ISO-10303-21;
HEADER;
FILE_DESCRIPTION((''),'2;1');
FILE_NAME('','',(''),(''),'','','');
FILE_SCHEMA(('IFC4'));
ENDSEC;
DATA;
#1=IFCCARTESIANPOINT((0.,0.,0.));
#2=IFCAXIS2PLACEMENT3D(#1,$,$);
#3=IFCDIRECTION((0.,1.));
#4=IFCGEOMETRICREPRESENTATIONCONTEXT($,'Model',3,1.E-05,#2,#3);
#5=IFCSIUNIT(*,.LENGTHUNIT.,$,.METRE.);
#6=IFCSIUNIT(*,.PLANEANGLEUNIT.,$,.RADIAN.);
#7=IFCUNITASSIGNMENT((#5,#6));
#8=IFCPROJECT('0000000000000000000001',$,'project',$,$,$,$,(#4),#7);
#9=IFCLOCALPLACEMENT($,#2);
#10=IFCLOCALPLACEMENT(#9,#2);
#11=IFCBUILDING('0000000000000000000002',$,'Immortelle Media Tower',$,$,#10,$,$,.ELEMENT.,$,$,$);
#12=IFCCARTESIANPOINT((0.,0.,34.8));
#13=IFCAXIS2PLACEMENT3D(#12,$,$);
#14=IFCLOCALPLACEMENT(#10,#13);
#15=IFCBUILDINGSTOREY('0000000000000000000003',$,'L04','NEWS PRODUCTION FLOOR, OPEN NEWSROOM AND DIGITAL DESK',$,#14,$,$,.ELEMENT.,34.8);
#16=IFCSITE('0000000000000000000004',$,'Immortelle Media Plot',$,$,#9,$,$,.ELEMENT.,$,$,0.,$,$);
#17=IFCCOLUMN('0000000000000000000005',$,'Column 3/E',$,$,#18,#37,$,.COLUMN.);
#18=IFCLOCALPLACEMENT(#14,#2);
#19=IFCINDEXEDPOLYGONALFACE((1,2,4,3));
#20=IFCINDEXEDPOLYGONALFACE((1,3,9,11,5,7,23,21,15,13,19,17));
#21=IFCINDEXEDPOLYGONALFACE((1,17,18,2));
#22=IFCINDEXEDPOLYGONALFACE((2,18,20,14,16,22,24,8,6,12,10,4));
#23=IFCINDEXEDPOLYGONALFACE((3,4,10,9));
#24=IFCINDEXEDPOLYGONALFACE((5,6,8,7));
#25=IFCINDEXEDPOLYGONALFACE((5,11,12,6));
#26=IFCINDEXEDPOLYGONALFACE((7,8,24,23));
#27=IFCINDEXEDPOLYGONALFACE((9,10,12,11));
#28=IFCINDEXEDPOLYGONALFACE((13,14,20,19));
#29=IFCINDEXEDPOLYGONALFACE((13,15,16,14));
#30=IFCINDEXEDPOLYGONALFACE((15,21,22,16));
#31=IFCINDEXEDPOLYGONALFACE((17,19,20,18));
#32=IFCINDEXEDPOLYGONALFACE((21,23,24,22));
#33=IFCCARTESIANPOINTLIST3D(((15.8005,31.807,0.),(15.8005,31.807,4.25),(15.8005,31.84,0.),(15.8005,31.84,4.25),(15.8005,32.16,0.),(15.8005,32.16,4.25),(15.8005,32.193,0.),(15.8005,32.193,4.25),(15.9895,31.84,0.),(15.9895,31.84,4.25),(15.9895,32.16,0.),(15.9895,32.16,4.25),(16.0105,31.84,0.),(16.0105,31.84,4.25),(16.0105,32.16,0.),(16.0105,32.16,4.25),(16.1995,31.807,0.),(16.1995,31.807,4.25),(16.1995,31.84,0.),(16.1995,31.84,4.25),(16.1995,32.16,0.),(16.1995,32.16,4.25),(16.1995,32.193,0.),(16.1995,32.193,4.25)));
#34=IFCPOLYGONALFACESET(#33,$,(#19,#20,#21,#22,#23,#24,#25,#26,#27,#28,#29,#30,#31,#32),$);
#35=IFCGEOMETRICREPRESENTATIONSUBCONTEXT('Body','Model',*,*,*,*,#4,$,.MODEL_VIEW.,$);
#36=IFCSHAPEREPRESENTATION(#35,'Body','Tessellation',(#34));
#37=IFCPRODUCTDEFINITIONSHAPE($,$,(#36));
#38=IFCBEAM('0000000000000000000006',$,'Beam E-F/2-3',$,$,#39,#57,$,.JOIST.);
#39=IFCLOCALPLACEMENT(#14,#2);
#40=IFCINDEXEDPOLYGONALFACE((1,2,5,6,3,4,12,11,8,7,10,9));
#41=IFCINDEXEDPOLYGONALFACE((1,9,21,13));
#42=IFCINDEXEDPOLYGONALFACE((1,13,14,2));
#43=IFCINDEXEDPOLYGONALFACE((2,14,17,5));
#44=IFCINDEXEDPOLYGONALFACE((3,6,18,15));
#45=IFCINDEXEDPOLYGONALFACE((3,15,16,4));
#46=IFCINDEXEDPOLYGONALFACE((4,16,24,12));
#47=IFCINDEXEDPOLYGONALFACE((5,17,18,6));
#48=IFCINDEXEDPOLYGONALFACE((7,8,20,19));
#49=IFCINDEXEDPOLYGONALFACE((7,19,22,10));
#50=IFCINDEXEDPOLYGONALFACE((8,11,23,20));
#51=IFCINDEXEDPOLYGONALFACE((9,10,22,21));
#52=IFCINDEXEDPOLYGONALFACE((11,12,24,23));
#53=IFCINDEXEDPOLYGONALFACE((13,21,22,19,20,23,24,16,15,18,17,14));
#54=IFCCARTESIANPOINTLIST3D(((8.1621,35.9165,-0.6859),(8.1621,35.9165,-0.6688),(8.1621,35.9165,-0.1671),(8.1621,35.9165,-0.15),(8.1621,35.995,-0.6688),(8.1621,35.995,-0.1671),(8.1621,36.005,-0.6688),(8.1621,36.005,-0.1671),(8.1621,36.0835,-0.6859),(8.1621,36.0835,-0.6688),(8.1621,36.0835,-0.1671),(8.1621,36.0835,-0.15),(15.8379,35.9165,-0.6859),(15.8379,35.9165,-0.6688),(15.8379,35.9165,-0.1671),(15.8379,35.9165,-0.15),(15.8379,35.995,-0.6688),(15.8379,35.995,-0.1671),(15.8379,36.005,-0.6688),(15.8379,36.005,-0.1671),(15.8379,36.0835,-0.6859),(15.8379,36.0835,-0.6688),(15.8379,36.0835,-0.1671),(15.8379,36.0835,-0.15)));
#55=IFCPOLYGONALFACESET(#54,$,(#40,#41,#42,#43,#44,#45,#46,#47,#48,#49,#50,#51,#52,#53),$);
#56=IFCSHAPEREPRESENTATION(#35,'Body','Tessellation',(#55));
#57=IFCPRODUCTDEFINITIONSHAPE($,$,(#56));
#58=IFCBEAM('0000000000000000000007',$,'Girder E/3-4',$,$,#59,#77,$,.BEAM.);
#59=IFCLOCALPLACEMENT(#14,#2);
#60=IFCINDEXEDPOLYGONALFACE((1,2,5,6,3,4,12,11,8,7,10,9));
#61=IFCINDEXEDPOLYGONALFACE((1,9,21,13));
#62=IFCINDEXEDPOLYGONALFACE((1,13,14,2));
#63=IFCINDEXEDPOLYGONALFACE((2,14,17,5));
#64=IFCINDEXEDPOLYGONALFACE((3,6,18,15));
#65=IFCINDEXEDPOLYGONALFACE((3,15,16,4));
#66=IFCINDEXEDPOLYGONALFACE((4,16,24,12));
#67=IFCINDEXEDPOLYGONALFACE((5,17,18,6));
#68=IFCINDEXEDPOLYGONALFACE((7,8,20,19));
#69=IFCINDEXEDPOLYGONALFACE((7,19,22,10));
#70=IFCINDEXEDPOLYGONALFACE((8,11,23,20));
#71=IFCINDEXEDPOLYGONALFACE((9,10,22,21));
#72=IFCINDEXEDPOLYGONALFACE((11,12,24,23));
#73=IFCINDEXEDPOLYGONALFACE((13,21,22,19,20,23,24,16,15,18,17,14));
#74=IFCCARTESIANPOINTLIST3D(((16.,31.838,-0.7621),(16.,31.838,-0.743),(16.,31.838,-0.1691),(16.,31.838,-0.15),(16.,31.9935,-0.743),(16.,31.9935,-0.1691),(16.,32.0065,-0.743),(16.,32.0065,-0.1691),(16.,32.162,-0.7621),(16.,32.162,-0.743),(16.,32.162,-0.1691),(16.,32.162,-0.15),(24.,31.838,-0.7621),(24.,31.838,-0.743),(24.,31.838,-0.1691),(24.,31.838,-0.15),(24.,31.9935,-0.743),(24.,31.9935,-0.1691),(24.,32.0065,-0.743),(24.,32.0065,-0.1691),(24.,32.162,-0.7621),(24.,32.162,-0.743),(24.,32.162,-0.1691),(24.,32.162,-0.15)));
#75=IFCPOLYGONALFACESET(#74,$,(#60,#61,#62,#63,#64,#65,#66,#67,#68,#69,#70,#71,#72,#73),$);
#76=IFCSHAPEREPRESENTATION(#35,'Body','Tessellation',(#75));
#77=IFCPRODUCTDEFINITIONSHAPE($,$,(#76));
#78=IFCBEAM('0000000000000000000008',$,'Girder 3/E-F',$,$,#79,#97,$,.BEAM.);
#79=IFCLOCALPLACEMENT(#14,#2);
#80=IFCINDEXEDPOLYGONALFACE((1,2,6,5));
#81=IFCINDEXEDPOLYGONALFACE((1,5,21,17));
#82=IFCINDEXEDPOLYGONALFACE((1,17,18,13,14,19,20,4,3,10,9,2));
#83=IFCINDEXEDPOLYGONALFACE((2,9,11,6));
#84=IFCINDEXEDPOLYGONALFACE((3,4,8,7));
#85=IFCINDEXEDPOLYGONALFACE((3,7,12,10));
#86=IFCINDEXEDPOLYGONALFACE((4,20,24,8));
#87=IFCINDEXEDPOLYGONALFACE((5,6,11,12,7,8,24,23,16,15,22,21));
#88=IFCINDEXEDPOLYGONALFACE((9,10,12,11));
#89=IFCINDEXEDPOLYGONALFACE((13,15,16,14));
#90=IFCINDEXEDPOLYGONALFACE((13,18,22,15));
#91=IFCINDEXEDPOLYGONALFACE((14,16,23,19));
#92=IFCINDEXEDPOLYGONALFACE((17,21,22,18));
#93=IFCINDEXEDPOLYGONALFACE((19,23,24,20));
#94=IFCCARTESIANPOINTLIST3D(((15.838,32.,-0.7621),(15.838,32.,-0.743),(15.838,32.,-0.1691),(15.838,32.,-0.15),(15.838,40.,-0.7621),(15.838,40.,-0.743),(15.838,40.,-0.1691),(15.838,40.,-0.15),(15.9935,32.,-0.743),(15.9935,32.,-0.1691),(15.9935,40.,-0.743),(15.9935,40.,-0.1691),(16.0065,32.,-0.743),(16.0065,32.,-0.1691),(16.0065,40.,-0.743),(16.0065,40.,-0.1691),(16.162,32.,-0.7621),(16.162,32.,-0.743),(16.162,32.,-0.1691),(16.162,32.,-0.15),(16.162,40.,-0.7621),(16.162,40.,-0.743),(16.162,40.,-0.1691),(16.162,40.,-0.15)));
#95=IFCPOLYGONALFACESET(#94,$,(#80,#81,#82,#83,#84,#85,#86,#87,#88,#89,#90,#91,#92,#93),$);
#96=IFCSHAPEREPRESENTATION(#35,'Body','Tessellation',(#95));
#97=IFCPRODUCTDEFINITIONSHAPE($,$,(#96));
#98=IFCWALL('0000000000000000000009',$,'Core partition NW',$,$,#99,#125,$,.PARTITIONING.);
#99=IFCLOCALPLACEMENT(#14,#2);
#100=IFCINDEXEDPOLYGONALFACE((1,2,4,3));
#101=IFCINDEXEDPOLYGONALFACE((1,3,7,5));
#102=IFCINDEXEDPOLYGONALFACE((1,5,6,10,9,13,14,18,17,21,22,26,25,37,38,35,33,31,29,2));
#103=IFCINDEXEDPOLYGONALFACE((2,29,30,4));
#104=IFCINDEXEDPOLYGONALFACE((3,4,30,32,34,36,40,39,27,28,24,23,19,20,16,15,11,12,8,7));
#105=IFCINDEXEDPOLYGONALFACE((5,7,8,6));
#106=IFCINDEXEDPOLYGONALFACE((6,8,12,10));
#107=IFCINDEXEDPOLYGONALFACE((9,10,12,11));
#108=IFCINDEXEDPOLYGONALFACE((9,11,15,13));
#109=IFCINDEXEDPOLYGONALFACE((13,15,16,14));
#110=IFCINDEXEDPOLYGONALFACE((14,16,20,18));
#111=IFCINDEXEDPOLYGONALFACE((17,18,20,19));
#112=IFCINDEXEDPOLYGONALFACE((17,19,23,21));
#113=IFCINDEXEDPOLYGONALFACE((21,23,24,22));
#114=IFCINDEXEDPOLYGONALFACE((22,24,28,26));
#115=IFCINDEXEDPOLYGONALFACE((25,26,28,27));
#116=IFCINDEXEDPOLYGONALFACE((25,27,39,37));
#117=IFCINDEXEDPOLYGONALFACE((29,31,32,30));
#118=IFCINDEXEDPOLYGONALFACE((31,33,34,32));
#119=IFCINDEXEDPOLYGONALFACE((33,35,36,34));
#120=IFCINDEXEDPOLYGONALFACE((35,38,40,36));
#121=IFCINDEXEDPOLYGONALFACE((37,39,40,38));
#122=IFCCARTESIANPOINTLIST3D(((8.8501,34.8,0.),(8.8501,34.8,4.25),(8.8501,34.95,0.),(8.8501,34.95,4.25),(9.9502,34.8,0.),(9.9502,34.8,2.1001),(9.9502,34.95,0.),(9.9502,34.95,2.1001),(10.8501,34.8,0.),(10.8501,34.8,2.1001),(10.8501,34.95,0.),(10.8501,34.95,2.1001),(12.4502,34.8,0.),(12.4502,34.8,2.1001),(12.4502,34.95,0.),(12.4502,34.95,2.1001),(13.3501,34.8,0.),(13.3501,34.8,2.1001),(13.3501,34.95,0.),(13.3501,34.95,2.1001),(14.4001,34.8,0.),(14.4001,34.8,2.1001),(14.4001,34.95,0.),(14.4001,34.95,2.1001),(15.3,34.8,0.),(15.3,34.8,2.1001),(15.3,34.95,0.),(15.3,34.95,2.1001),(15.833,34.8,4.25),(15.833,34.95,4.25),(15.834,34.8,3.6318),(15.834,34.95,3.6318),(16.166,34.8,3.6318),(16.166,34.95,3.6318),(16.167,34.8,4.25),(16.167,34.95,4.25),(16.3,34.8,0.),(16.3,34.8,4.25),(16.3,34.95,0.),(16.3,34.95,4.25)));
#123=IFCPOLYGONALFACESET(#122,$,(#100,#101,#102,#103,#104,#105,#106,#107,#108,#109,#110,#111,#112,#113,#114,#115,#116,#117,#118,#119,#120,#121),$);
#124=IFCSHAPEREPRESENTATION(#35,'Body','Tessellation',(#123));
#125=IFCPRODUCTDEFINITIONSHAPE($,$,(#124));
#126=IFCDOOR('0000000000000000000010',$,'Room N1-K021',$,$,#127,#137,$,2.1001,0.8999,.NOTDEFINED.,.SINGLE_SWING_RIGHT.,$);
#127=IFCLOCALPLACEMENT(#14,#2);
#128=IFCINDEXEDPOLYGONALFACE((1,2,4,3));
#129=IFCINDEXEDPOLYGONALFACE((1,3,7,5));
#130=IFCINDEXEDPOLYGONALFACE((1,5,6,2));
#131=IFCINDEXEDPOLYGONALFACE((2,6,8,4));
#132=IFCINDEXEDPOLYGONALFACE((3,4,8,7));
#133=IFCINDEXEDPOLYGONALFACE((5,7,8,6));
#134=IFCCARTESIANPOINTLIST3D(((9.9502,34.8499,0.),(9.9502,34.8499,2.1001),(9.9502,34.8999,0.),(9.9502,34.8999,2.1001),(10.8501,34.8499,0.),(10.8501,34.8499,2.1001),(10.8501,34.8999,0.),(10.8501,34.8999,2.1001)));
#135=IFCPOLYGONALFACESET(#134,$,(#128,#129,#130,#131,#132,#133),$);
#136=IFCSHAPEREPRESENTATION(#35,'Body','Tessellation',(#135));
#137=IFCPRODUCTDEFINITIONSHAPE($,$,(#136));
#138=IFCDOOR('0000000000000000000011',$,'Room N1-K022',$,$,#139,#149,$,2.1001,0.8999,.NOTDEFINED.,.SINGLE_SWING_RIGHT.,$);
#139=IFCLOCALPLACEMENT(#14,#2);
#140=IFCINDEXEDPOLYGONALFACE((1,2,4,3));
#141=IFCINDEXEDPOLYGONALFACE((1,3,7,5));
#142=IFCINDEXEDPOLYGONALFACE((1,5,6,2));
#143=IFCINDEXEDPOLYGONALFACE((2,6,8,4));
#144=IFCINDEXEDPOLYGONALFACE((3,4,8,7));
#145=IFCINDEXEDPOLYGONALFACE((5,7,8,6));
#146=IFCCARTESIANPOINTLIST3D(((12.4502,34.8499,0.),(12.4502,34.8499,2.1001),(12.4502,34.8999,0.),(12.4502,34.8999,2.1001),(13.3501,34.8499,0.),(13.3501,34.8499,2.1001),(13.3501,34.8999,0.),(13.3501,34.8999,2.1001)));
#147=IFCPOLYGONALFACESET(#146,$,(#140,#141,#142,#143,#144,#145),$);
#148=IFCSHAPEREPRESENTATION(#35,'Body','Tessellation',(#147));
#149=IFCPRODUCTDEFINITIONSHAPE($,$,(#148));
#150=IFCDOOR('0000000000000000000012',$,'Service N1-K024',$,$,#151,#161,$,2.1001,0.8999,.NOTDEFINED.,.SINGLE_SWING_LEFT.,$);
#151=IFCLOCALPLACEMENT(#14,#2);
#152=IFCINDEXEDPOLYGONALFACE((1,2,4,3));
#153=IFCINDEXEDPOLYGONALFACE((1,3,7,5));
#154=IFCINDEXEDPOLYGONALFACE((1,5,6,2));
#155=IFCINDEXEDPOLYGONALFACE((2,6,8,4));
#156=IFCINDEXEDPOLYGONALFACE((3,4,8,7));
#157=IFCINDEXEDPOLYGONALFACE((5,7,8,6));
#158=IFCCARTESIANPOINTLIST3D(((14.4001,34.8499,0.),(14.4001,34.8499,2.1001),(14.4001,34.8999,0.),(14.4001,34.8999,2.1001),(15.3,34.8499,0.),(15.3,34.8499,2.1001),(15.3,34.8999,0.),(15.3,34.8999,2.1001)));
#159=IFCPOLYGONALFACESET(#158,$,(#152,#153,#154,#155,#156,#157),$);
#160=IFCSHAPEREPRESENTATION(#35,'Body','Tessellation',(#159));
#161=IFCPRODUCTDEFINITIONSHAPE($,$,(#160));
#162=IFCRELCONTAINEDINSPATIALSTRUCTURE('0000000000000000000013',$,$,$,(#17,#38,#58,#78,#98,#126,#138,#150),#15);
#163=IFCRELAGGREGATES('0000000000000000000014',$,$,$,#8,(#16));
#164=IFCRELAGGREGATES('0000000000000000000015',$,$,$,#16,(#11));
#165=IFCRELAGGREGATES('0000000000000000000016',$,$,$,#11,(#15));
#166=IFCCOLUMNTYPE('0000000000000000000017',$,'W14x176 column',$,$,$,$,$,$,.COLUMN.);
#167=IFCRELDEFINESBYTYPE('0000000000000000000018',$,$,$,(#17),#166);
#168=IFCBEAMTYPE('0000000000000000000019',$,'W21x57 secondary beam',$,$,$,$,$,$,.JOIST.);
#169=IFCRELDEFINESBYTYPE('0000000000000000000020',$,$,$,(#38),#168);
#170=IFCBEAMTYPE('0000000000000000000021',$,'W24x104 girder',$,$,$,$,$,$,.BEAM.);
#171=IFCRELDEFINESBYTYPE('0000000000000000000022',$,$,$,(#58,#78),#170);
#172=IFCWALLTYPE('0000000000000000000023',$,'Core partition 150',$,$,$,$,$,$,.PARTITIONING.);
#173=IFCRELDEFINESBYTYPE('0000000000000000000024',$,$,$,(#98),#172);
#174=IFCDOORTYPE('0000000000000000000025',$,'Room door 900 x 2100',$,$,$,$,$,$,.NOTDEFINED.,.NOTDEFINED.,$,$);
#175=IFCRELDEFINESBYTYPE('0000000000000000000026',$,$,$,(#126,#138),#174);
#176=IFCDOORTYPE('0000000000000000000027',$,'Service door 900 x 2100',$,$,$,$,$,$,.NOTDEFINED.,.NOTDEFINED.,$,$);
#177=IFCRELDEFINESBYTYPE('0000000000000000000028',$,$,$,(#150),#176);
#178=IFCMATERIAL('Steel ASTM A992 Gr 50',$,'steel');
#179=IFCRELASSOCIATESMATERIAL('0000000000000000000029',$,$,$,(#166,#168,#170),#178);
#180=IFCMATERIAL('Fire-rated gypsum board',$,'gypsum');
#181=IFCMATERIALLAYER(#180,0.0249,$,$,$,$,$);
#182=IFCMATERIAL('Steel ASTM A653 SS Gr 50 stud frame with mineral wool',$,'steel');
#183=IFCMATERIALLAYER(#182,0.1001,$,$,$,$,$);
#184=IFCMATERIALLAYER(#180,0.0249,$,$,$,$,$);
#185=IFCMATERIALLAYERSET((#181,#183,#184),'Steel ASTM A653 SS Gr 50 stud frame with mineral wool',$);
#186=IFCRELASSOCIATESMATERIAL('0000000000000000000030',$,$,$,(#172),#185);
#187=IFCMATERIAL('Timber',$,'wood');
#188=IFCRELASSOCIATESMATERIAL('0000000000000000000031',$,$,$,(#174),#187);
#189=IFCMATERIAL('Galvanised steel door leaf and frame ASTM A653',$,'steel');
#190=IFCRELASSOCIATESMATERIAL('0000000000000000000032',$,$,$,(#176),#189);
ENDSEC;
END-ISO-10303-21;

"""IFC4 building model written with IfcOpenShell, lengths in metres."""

from ifc_helpers import new_model, si_unit, direction, frame, frame_2d, origin, origin_2d, place, context, subcontext, project, spatial, polyline, rectangle, i_section, outline, extrude, material, layer, layer_set, material_profile, profile_set, type_object, element, fill, save


model = new_model("IFC4")

# Units and contexts
model_context = context("Model", 3, precision=1e-05, world=origin(), true_north=direction((0.0, 1.0)))
body_context = subcontext(model_context, "Body", "Model", "MODEL_VIEW")
ifc_project = project(units=[si_unit("LENGTHUNIT", "METRE"), si_unit("PLANEANGLEUNIT", "RADIAN")], contexts=[model_context])

# Site, building, storey
site_placement = place(None, origin())
site = spatial("IfcSite", under=ifc_project, at=site_placement, Name="Immortelle Media Plot", CompositionType="ELEMENT", RefElevation=0.0)
building_placement = place(site_placement, origin())
building = spatial("IfcBuilding", under=site, at=building_placement, Name="Immortelle Media Tower", CompositionType="ELEMENT")
storey_placement = place(building_placement, frame((0.0, 0.0, 34.8)))
storey = spatial("IfcBuildingStorey", under=building, at=storey_placement, Name="L04", Description="NEWS PRODUCTION FLOOR, OPEN NEWSROOM AND DIGITAL DESK", CompositionType="ELEMENT", Elevation=34.8)

# Column
ifc_material_1 = material(Name="Steel ASTM A992 Gr 50", Category="steel")
ifc_material_profile_1 = material_profile(ifc_material_1, i_section(OverallWidth=0.3989, OverallDepth=0.386, WebThickness=0.021, FlangeThickness=0.033, at=origin_2d()), Name="W14x176")
ifc_profile_set_1 = profile_set([ifc_material_profile_1], Name="Steel ASTM A992 Gr 50")
column_type = type_object("IfcColumnType", Name="W14x176 column", PredefinedType="COLUMN", material=ifc_profile_set_1)
column_placement = place(storey_placement, frame((16.0, 32.0, 0.0), z_axis=(0.0, 0.0, 1.0), x_axis=(1.0, 0.0, 0.0)))
element("IfcColumn", 1, at=column_placement, inside=storey, type_object=column_type, Name="Column 3/E", PredefinedType="COLUMN", context=body_context, shape_type="SweptSolid", body=[
    extrude(i_section(OverallWidth=0.3989, OverallDepth=0.386, WebThickness=0.021, FlangeThickness=0.033, at=origin_2d()), origin(), (0.0, 0.0, 1.0), 4.25),
])

# Beams
ifc_material_profile_2 = material_profile(ifc_material_1, i_section(OverallWidth=0.167, OverallDepth=0.5359, WebThickness=0.01, FlangeThickness=0.0171, at=origin_2d()), Name="W21x57")
ifc_profile_set_2 = profile_set([ifc_material_profile_2], Name="Steel ASTM A992 Gr 50")
beam_type_1 = type_object("IfcBeamType", Name="W21x57 secondary beam", PredefinedType="JOIST", material=ifc_profile_set_2)
beam_placement = place(storey_placement, frame((8.1621, 36.0, -0.418), z_axis=(1.0, 0.0, 0.0), x_axis=(0.0, 1.0, 0.0)))
element("IfcBeam", 2, at=beam_placement, inside=storey, type_object=beam_type_1, Name="Beam E-F/2-3", PredefinedType="JOIST", context=body_context, shape_type="SweptSolid", body=[
    extrude(i_section(OverallWidth=0.167, OverallDepth=0.5359, WebThickness=0.01, FlangeThickness=0.0171, at=origin_2d()), origin(), (0.0, 0.0, 1.0), 7.6758),
])
ifc_material_profile_3 = material_profile(ifc_material_1, i_section(OverallWidth=0.324, OverallDepth=0.6121, WebThickness=0.0129, FlangeThickness=0.019, at=origin_2d()), Name="W24x104")
ifc_profile_set_3 = profile_set([ifc_material_profile_3], Name="Steel ASTM A992 Gr 50")
beam_type_2 = type_object("IfcBeamType", Name="W24x104 girder", PredefinedType="BEAM", material=ifc_profile_set_3)
for number, where, z_axis, x_axis, name in (
    (3, (16.0, 32.0, -0.4561), (1.0, 0.0, 0.0), (0.0, 1.0, 0.0), "Girder E/3-4"),
    (4, (16.0, 32.0, -0.4561), (0.0, 1.0, 0.0), (-1.0, 0.0, 0.0), "Girder 3/E-F"),
):
    element("IfcBeam", number, at=place(storey_placement, frame(where, z_axis=z_axis, x_axis=x_axis)), inside=storey, type_object=beam_type_2, Name=name, PredefinedType="BEAM", context=body_context, shape_type="SweptSolid", body=[
        extrude(i_section(OverallWidth=0.324, OverallDepth=0.6121, WebThickness=0.0129, FlangeThickness=0.019, at=origin_2d()), origin(), (0.0, 0.0, 1.0), 8.0),
    ])

# Wall, openings, doors
ifc_material_2 = material(Name="Fire-rated gypsum board", Category="gypsum")
ifc_layer_1 = layer(ifc_material_2, 0.0249)
ifc_material_3 = material(Name="Steel ASTM A653 SS Gr 50 stud frame with mineral wool", Category="steel")
ifc_layer_2 = layer(ifc_material_3, 0.1001)
ifc_layer_3 = layer(ifc_material_2, 0.0249)
ifc_layer_set_1 = layer_set([ifc_layer_1, ifc_layer_2, ifc_layer_3], Name="Steel ASTM A653 SS Gr 50 stud frame with mineral wool")
wall_type_1 = type_object("IfcWallType", Name="Core partition 150", PredefinedType="PARTITIONING", material=ifc_layer_set_1)
wall_1_placement = place(storey_placement, frame((8.8501, 34.875, 0.0), z_axis=(0.0, 0.0, 1.0), x_axis=(1.0, 0.0, 0.0)))
wall_1 = element("IfcWall", 5, at=wall_1_placement, inside=storey, type_object=wall_type_1, Name="Core partition NW", PredefinedType="PARTITIONING", context=body_context, shape_type="SweptSolid", body=[
    extrude(outline(polyline([(0.0, 0.0), (7.45, 0.0), (7.45, 4.25), (7.3169, 4.25), (7.3159, 3.6318), (6.9839, 3.6318), (6.9829, 4.25), (0.0, 4.25), (0.0, 0.0)])), frame((0.0, 0.075, 0.0), z_axis=(0.0, -1.0, 0.0), x_axis=(1.0, 0.0, 0.0)), (0.0, 0.0, 1.0), 0.1499),
])
opening_1_placement = place(wall_1_placement, frame((1.1001, 0.0, 0.0)))
opening_1 = element("IfcOpeningElement", 6, at=opening_1_placement, cuts=wall_1, PredefinedType="OPENING", context=body_context, shape_type="SweptSolid", body=[
    extrude(rectangle(XDim=0.8999, YDim=2.1001, at=frame_2d((0.45, 1.05))), frame((0.0, 0.085, 0.0), z_axis=(0.0, -1.0, 0.0), x_axis=(1.0, 0.0, 0.0)), (0.0, 0.0, 1.0), 0.1699),
])
opening_2_placement = place(wall_1_placement, frame((3.6001, 0.0, 0.0)))
opening_2 = element("IfcOpeningElement", 7, at=opening_2_placement, cuts=wall_1, PredefinedType="OPENING", context=body_context, shape_type="SweptSolid", body=[
    extrude(rectangle(XDim=0.8999, YDim=2.1001, at=frame_2d((0.45, 1.05))), frame((0.0, 0.085, 0.0), z_axis=(0.0, -1.0, 0.0), x_axis=(1.0, 0.0, 0.0)), (0.0, 0.0, 1.0), 0.1699),
])
opening_3_placement = place(wall_1_placement, frame((5.55, 0.0, 0.0)))
opening_3 = element("IfcOpeningElement", 8, at=opening_3_placement, cuts=wall_1, PredefinedType="OPENING", context=body_context, shape_type="SweptSolid", body=[
    extrude(rectangle(XDim=0.8999, YDim=2.1001, at=frame_2d((0.45, 1.05))), frame((0.0, 0.085, 0.0), z_axis=(0.0, -1.0, 0.0), x_axis=(1.0, 0.0, 0.0)), (0.0, 0.0, 1.0), 0.1699),
])
ifc_material_4 = material(Name="Timber", Category="wood")
door_type_1 = type_object("IfcDoorType", Name="Room door 900 x 2100", OperationType="NOTDEFINED", PredefinedType="NOTDEFINED", material=ifc_material_4)
door_1_placement = place(opening_1_placement, origin())
door_1 = element("IfcDoor", 9, at=door_1_placement, inside=storey, type_object=door_type_1, Name="Room N1-K021", OperationType="SINGLE_SWING_RIGHT", OverallHeight=2.1001, OverallWidth=0.8999, PredefinedType="NOTDEFINED", context=body_context, shape_type="SweptSolid", body=[
    extrude(rectangle(XDim=0.8999, YDim=2.1001, at=frame_2d((0.45, 1.05))), frame((0.0, 0.0249, 0.0), z_axis=(0.0, -1.0, 0.0), x_axis=(1.0, 0.0, 0.0)), (0.0, 0.0, 1.0), 0.05),
])
fill(opening_1, door_1)
door_2_placement = place(opening_2_placement, origin())
door_2 = element("IfcDoor", 10, at=door_2_placement, inside=storey, type_object=door_type_1, Name="Room N1-K022", OperationType="SINGLE_SWING_RIGHT", OverallHeight=2.1001, OverallWidth=0.8999, PredefinedType="NOTDEFINED", context=body_context, shape_type="SweptSolid", body=[
    extrude(rectangle(XDim=0.8999, YDim=2.1001, at=frame_2d((0.45, 1.05))), frame((0.0, 0.0249, 0.0), z_axis=(0.0, -1.0, 0.0), x_axis=(1.0, 0.0, 0.0)), (0.0, 0.0, 1.0), 0.05),
])
fill(opening_2, door_2)
ifc_material_5 = material(Name="Galvanised steel door leaf and frame ASTM A653", Category="steel")
door_type_2 = type_object("IfcDoorType", Name="Service door 900 x 2100", OperationType="NOTDEFINED", PredefinedType="NOTDEFINED", material=ifc_material_5)
door_3_placement = place(opening_3_placement, origin())
door_3 = element("IfcDoor", 11, at=door_3_placement, inside=storey, type_object=door_type_2, Name="Service N1-K024", OperationType="SINGLE_SWING_LEFT", OverallHeight=2.1001, OverallWidth=0.8999, PredefinedType="NOTDEFINED", context=body_context, shape_type="SweptSolid", body=[
    extrude(rectangle(XDim=0.8999, YDim=2.1001, at=frame_2d((0.45, 1.05))), frame((0.0, 0.0249, 0.0), z_axis=(0.0, -1.0, 0.0), x_axis=(1.0, 0.0, 0.0)), (0.0, 0.0, 1.0), 0.05),
])
fill(opening_3, door_3)

save(model, "model.ifc")
